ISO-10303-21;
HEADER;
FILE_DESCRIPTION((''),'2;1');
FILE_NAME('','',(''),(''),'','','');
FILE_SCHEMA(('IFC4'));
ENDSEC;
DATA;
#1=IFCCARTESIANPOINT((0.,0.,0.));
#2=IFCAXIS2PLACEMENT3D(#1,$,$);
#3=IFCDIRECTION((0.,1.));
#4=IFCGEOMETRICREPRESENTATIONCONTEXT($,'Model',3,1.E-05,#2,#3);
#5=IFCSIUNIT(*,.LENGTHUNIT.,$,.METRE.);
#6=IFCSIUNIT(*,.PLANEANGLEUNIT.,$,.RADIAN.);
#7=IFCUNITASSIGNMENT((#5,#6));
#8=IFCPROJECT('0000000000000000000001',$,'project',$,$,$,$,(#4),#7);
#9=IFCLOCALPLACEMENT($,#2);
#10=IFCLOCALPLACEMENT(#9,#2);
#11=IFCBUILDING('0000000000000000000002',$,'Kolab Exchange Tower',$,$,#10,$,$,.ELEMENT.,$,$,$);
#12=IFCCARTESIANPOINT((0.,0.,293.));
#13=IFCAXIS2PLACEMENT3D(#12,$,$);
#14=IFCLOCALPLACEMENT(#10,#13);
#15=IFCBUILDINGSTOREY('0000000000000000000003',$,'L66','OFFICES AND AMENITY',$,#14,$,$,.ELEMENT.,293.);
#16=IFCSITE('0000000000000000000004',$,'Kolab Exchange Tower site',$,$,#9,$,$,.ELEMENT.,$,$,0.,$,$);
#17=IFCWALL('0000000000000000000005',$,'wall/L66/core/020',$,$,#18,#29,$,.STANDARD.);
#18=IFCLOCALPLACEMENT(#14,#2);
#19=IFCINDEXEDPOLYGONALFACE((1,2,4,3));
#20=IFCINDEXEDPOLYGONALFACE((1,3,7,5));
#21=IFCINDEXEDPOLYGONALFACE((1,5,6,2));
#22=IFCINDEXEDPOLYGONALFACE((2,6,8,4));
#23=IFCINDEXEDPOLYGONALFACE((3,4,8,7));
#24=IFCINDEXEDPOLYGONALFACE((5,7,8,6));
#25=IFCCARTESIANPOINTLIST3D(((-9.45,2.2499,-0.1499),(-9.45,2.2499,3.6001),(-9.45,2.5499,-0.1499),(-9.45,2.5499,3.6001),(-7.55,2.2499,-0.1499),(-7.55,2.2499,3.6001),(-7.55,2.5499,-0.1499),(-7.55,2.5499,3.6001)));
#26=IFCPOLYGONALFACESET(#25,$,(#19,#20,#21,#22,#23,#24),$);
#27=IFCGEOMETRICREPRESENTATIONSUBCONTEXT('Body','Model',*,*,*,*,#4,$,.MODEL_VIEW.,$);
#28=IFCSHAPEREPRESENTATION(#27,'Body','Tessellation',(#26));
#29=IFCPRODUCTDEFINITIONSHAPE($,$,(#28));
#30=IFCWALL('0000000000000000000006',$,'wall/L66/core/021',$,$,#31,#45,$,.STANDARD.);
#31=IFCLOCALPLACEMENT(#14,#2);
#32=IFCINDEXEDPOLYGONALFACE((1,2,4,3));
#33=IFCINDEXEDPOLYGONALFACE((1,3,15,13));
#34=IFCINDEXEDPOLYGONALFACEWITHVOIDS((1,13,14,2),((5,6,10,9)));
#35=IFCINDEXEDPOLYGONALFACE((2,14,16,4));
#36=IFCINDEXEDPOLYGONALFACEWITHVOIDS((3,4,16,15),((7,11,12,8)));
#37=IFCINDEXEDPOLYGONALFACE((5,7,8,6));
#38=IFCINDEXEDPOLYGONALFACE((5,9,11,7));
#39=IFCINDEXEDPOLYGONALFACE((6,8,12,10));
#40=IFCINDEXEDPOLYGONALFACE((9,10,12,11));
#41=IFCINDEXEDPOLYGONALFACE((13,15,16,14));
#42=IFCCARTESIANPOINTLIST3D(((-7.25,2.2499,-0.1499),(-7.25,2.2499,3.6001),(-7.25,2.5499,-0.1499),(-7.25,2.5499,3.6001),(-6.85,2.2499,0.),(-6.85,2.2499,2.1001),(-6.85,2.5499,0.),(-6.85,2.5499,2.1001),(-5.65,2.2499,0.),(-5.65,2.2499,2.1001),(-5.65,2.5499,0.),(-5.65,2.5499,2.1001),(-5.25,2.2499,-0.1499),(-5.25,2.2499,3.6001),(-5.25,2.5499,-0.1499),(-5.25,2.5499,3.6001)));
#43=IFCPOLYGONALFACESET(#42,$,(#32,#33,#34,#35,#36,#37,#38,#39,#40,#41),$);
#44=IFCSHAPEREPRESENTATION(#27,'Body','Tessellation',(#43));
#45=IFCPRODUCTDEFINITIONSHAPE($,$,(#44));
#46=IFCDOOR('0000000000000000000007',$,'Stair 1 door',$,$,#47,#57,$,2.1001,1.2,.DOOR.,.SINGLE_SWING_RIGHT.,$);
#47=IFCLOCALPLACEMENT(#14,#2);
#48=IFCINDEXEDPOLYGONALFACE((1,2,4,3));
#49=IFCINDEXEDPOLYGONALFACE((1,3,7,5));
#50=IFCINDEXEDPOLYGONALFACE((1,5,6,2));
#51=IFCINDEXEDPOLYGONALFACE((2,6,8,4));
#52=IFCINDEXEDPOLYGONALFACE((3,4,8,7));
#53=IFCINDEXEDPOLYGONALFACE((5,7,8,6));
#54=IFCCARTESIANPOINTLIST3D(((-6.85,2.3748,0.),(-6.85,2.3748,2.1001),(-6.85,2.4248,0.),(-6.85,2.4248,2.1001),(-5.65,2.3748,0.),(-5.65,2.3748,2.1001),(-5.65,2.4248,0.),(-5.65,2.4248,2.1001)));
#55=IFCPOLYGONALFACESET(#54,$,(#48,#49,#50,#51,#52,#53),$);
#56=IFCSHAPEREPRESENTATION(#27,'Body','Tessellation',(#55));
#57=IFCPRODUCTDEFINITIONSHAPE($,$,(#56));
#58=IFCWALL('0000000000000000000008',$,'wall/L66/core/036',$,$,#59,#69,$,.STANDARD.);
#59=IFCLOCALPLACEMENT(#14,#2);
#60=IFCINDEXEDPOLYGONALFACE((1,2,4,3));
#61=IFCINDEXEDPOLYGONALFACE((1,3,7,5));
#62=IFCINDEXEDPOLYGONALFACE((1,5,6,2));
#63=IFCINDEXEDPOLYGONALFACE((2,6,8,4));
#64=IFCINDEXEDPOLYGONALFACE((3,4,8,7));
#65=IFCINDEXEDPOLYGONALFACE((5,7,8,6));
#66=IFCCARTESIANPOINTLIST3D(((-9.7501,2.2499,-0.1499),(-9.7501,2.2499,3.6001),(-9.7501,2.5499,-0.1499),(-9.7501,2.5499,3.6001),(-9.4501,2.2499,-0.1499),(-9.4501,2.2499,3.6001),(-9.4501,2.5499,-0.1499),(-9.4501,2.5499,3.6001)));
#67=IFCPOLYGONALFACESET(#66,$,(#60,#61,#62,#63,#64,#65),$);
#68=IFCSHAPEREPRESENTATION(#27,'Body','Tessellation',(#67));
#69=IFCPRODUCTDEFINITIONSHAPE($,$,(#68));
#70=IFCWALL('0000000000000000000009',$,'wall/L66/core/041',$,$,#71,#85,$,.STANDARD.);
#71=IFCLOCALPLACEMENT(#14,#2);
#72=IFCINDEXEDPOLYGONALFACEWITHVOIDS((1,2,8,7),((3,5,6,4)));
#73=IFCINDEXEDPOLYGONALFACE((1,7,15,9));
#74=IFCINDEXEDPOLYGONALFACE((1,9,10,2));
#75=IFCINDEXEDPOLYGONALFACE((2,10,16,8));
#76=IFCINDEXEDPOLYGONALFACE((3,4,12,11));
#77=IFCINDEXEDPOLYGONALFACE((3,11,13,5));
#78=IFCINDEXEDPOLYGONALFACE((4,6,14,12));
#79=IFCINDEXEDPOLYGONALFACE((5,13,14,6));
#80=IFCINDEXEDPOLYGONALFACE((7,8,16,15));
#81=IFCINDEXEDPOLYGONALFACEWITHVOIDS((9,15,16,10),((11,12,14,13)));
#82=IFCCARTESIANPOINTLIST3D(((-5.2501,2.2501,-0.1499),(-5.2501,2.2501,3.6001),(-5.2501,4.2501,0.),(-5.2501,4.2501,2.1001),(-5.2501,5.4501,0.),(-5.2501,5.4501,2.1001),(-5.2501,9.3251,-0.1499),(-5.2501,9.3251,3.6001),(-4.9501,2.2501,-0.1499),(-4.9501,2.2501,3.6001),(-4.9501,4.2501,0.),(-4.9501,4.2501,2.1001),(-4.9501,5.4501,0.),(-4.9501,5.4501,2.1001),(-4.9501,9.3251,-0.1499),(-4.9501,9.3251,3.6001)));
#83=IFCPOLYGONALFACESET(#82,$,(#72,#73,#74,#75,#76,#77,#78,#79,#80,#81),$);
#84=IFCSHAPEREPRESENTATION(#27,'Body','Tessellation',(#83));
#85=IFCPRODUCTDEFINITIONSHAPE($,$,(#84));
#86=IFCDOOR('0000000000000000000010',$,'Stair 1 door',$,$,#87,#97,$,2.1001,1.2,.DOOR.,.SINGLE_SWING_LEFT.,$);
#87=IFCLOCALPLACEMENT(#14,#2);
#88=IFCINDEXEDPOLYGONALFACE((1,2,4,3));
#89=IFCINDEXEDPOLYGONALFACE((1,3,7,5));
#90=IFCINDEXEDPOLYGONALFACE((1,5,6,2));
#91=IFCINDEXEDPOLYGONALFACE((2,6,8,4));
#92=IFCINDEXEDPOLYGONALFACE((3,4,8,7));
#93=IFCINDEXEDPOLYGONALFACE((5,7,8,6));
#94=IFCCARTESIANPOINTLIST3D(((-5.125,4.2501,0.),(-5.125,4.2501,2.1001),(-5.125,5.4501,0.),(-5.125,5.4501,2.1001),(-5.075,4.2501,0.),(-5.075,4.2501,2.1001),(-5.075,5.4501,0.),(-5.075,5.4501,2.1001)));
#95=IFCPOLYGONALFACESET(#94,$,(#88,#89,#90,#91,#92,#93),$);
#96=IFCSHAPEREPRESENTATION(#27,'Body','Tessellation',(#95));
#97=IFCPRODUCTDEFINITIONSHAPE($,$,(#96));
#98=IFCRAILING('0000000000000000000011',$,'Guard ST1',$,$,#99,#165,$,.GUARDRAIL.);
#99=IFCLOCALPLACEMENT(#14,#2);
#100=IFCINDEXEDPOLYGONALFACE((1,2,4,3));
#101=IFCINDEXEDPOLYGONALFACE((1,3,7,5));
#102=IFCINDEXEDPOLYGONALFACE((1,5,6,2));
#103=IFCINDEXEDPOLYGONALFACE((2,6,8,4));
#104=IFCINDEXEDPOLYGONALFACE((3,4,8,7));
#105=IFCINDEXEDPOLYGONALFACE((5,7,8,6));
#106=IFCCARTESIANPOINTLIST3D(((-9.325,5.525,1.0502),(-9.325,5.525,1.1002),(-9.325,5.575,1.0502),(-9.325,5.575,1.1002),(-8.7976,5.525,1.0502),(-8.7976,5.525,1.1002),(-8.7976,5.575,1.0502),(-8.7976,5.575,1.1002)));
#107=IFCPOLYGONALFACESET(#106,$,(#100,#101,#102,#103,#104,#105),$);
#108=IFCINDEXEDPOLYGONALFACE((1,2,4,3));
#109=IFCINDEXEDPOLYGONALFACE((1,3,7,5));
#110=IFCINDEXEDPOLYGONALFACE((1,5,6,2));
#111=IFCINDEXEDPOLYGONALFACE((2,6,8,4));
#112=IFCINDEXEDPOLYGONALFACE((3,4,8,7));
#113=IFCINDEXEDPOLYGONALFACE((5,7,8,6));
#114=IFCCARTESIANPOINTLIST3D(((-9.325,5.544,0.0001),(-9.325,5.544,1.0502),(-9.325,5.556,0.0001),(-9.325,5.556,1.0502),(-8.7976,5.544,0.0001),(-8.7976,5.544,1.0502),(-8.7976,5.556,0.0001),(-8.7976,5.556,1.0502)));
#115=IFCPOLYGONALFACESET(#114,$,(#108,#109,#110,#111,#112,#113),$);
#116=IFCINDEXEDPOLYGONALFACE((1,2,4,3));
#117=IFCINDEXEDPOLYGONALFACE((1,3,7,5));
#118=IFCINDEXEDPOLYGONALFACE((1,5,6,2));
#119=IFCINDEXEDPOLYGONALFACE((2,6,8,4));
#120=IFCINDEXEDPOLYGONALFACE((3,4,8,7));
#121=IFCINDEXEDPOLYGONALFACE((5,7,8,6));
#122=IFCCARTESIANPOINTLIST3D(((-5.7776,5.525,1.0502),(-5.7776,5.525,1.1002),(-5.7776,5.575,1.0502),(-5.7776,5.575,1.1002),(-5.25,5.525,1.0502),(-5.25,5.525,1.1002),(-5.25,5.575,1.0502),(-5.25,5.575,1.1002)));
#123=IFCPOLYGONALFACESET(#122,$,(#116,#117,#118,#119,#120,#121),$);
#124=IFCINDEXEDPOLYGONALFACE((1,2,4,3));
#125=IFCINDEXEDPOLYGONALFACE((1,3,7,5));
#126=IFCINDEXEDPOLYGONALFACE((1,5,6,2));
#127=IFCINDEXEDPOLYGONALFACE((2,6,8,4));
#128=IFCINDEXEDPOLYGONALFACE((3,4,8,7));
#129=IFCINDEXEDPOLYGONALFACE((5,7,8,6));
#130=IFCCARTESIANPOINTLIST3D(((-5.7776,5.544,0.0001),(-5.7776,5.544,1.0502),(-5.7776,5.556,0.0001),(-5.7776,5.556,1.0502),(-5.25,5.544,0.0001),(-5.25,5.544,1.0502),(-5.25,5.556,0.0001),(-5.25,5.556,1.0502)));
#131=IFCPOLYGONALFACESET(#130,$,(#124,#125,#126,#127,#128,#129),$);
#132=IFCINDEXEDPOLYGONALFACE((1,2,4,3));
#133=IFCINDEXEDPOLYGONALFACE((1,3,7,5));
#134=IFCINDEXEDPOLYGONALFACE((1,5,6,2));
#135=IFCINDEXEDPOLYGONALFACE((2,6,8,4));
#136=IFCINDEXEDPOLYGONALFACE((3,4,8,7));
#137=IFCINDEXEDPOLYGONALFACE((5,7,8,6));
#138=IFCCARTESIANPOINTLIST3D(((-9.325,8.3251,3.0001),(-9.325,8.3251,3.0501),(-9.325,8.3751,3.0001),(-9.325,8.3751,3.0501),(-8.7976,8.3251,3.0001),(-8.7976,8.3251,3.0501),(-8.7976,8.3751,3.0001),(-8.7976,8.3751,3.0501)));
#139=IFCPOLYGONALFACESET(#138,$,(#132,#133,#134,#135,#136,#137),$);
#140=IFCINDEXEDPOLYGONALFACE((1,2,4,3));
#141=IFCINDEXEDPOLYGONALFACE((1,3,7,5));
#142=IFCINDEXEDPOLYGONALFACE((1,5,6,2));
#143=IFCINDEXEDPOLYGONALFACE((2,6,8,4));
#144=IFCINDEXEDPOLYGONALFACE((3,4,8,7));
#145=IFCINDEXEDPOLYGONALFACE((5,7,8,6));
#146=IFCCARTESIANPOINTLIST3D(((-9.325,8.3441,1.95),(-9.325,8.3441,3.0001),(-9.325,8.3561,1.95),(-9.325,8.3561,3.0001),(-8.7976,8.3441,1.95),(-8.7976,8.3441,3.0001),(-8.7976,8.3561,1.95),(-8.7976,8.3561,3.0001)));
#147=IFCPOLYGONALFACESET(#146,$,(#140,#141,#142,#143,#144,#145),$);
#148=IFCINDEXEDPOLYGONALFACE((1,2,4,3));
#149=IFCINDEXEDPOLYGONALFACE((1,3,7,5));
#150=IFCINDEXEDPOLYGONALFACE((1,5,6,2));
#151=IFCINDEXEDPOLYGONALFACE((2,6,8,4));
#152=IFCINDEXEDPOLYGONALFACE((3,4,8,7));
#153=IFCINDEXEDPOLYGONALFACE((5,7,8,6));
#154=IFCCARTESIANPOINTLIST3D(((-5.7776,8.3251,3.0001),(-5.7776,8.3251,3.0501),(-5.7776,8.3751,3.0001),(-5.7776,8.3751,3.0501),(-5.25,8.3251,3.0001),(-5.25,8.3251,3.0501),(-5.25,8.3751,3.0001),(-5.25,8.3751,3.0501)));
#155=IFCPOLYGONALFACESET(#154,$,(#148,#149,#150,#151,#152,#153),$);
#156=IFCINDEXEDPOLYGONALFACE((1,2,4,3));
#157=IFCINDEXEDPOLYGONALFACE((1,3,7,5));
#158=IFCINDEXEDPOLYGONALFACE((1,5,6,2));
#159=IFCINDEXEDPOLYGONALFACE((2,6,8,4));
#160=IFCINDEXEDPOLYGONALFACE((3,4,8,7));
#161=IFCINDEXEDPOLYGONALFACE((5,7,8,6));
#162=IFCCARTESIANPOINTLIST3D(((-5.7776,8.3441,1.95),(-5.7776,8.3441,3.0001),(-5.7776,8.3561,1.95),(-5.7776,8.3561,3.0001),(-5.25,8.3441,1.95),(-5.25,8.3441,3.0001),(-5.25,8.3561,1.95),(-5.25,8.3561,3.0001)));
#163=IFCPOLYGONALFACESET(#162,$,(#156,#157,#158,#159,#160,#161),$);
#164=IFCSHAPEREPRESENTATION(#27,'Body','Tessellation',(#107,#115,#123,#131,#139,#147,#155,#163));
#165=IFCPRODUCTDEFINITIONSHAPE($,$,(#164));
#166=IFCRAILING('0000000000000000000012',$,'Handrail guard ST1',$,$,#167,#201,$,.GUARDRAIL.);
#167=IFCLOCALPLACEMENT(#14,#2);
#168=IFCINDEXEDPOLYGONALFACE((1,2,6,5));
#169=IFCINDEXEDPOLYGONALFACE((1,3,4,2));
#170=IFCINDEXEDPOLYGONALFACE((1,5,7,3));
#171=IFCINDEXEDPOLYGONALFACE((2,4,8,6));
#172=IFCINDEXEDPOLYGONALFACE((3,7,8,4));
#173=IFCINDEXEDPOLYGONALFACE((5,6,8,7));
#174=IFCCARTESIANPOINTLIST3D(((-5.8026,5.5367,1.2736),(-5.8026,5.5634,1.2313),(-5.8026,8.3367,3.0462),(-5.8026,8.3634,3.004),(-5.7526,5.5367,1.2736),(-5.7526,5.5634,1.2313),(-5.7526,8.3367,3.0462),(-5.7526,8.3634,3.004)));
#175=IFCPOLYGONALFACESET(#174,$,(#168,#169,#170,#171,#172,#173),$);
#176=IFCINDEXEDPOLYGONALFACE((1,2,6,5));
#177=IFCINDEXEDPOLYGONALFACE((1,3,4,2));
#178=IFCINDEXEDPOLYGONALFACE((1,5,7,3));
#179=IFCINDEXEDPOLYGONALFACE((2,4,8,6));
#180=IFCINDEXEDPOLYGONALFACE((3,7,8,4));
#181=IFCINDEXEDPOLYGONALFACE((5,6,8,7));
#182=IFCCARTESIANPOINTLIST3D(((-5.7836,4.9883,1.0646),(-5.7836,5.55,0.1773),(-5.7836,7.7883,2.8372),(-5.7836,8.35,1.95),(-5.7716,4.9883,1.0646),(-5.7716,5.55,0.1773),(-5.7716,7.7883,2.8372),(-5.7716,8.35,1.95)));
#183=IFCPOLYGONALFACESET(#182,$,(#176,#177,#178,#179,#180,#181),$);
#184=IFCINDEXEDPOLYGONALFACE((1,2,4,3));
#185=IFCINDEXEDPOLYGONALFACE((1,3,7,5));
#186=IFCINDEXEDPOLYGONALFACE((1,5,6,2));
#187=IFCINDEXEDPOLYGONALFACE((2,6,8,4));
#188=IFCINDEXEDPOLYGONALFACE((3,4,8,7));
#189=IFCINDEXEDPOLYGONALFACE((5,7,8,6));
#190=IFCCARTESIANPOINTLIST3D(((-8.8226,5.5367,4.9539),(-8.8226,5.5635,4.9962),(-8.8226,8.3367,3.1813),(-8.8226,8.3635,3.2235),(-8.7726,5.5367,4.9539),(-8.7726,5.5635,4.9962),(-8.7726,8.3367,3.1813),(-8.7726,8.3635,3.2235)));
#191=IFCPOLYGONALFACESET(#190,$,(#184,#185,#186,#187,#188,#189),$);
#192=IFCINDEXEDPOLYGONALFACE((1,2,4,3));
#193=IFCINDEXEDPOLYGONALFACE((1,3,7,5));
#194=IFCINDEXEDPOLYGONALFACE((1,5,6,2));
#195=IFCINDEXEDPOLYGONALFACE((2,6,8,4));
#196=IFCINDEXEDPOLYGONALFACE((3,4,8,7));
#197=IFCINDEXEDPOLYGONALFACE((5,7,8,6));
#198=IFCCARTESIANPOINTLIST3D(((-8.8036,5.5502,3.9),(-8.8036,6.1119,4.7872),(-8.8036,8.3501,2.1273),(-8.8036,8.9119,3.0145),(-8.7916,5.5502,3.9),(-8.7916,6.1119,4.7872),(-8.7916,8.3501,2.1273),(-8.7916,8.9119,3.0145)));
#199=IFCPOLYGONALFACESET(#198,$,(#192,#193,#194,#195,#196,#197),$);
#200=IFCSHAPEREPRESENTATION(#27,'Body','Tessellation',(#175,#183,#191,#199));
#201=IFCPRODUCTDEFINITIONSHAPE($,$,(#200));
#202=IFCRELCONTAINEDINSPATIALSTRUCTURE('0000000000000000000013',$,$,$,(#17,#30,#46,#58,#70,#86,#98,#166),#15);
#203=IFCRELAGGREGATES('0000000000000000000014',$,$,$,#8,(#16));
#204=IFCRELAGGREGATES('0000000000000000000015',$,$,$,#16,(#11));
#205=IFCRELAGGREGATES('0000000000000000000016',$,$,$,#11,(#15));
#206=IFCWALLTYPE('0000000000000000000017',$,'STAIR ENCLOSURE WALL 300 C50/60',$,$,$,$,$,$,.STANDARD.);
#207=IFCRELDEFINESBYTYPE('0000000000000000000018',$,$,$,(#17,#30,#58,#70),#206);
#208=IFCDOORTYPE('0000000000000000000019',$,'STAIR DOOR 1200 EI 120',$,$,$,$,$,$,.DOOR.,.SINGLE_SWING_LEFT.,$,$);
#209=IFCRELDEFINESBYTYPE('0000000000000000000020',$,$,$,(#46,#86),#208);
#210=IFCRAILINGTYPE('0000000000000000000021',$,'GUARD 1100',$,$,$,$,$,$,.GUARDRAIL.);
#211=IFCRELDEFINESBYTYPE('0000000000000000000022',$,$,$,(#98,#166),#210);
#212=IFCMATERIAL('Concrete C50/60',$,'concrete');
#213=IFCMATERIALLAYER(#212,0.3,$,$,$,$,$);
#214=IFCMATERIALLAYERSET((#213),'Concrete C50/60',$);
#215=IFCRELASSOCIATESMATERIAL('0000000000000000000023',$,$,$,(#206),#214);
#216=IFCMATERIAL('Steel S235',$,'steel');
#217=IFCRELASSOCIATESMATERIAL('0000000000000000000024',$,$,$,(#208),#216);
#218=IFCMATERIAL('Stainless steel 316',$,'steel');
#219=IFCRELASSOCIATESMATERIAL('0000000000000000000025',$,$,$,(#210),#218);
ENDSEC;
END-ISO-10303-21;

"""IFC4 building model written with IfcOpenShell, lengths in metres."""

from ifc_helpers import new_model, si_unit, direction, frame, frame_2d, origin, origin_2d, place, context, subcontext, project, spatial, rectangle, extrude, material, layer, layer_set, type_object, element, fill, save


model = new_model("IFC4")

# Units and contexts
model_context = context("Model", 3, precision=1e-05, world=origin(), true_north=direction((0.0, 1.0)))
body_context = subcontext(model_context, "Body", "Model", "MODEL_VIEW")
ifc_project = project(units=[si_unit("LENGTHUNIT", "METRE"), si_unit("PLANEANGLEUNIT", "RADIAN")], contexts=[model_context])

# Site, building, storey
site_placement = place(None, origin())
site = spatial("IfcSite", under=ifc_project, at=site_placement, Name="Kolab Exchange Tower site", CompositionType="ELEMENT", RefElevation=0.0)
building_placement = place(site_placement, origin())
building = spatial("IfcBuilding", under=site, at=building_placement, Name="Kolab Exchange Tower", CompositionType="ELEMENT")
storey_placement = place(building_placement, frame((0.0, 0.0, 293.0)))
storey = spatial("IfcBuildingStorey", under=building, at=storey_placement, Name="L66", Description="OFFICES AND AMENITY", CompositionType="ELEMENT", Elevation=293.0)

# Shared definitions
ifc_material_1 = material(Name="Concrete C50/60", Category="concrete")
ifc_material_2 = material(Name="Steel S235", Category="steel")

# Shared definitions
ifc_material_3 = material(Name="Stainless steel 316", Category="steel")

# Wall
ifc_layer_1 = layer(ifc_material_1, 0.3)
ifc_layer_set_1 = layer_set([ifc_layer_1], Name="Concrete C50/60")
wall_type_1 = type_object("IfcWallType", Name="STAIR ENCLOSURE WALL 300 C50/60", PredefinedType="STANDARD", material=ifc_layer_set_1)
wall_1_placement = place(storey_placement, frame((-9.45, 2.3999, -0.1499), z_axis=(0.0, 0.0, 1.0), x_axis=(1.0, 0.0, 0.0)))
element("IfcWall", 1, at=wall_1_placement, inside=storey, type_object=wall_type_1, Name="wall/L66/core/020", PredefinedType="STANDARD", context=body_context, shape_type="SweptSolid", body=[
    extrude(rectangle(XDim=1.8999, YDim=0.3, at=frame_2d((0.95, 0.0))), origin(), (0.0, 0.0, 1.0), 3.75),
])

# Wall, opening, door
wall_2_placement = place(storey_placement, frame((-7.25, 2.3999, -0.1499), z_axis=(0.0, 0.0, 1.0), x_axis=(1.0, 0.0, 0.0)))
wall_2 = element("IfcWall", 2, at=wall_2_placement, inside=storey, type_object=wall_type_1, Name="wall/L66/core/021", PredefinedType="STANDARD", context=body_context, shape_type="SweptSolid", body=[
    extrude(rectangle(XDim=2.0, YDim=0.3, at=frame_2d((1.0, 0.0))), origin(), (0.0, 0.0, 1.0), 3.75),
])
opening_1_placement = place(wall_2_placement, frame((0.3999, 0.0, 0.1499)))
opening_1 = element("IfcOpeningElement", 3, at=opening_1_placement, cuts=wall_2, PredefinedType="OPENING", context=body_context, shape_type="SweptSolid", body=[
    extrude(rectangle(XDim=1.2, YDim=2.1001, at=frame_2d((0.6001, 1.05))), frame((0.0, 0.1602, 0.0), z_axis=(0.0, -1.0, 0.0), x_axis=(1.0, 0.0, 0.0)), (0.0, 0.0, 1.0), 0.3201),
])
door_type_1 = type_object("IfcDoorType", Name="STAIR DOOR 1200 EI 120", OperationType="SINGLE_SWING_LEFT", PredefinedType="DOOR", material=ifc_material_2)
door_1_placement = place(opening_1_placement, origin())
door_1 = element("IfcDoor", 4, at=door_1_placement, inside=storey, type_object=door_type_1, Name="Stair 1 door", OperationType="SINGLE_SWING_RIGHT", OverallHeight=2.1001, OverallWidth=1.2, PredefinedType="DOOR", context=body_context, shape_type="SweptSolid", body=[
    extrude(rectangle(XDim=1.2, YDim=2.1001, at=frame_2d((0.6001, 1.05))), frame((0.0, 0.0249, 0.0), z_axis=(0.0, -1.0, 0.0), x_axis=(1.0, 0.0, 0.0)), (0.0, 0.0, 1.0), 0.05),
])
fill(opening_1, door_1)

# Wall
wall_3_placement = place(storey_placement, frame((-9.6001, 2.25, -0.1499), z_axis=(0.0, 0.0, 1.0), x_axis=(0.0, 1.0, 0.0)))
element("IfcWall", 5, at=wall_3_placement, inside=storey, type_object=wall_type_1, Name="wall/L66/core/036", PredefinedType="STANDARD", context=body_context, shape_type="SweptSolid", body=[
    extrude(rectangle(XDim=0.3, YDim=0.3, at=frame_2d((0.1499, 0.0))), origin(), (0.0, 0.0, 1.0), 3.75),
])

# Wall, opening, door
wall_4_placement = place(storey_placement, frame((-5.1001, 2.25, -0.1499), z_axis=(0.0, 0.0, 1.0), x_axis=(0.0, 1.0, 0.0)))
wall_4 = element("IfcWall", 6, at=wall_4_placement, inside=storey, type_object=wall_type_1, Name="wall/L66/core/041", PredefinedType="STANDARD", context=body_context, shape_type="SweptSolid", body=[
    extrude(rectangle(XDim=7.075, YDim=0.3, at=frame_2d((3.5376, 0.0))), origin(), (0.0, 0.0, 1.0), 3.75),
])
opening_2_placement = place(wall_4_placement, frame((2.0, 0.0, 0.1499)))
opening_2 = element("IfcOpeningElement", 7, at=opening_2_placement, cuts=wall_4, PredefinedType="OPENING", context=body_context, shape_type="SweptSolid", body=[
    extrude(rectangle(XDim=1.2, YDim=2.1001, at=frame_2d((0.6001, 1.05))), frame((0.0, 0.1602, 0.0), z_axis=(0.0, -1.0, 0.0), x_axis=(1.0, 0.0, 0.0)), (0.0, 0.0, 1.0), 0.3201),
])
door_2_placement = place(opening_2_placement, origin())
door_2 = element("IfcDoor", 8, at=door_2_placement, inside=storey, type_object=door_type_1, Name="Stair 1 door", OperationType="SINGLE_SWING_LEFT", OverallHeight=2.1001, OverallWidth=1.2, PredefinedType="DOOR", context=body_context, shape_type="SweptSolid", body=[
    extrude(rectangle(XDim=1.2, YDim=2.1001, at=frame_2d((0.6001, 1.05))), frame((0.0, 0.0249, 0.0), z_axis=(0.0, -1.0, 0.0), x_axis=(1.0, 0.0, 0.0)), (0.0, 0.0, 1.0), 0.05),
])
fill(opening_2, door_2)

# Railings
railing_type = type_object("IfcRailingType", Name="GUARD 1100", PredefinedType="GUARDRAIL", material=ifc_material_3)
railing_1_placement = place(storey_placement, frame((-9.325, 5.55, 0.0)))
element("IfcRailing", 9, at=railing_1_placement, inside=storey, type_object=railing_type, Name="Guard ST1", PredefinedType="GUARDRAIL", context=body_context, shape_type="SweptSolid", body=[
    extrude(rectangle(XDim=0.05, YDim=0.05, at=origin_2d()), frame((0.0, 0.0, 1.0752), z_axis=(1.0, 0.0, 0.0), x_axis=(0.0, 1.0, 0.0)), (0.0, 0.0, 1.0), 0.5273),
    extrude(rectangle(XDim=0.012, YDim=1.0501, at=frame_2d((0.0, 0.5251))), frame((0.0, 0.0, 0.0), z_axis=(1.0, 0.0, 0.0), x_axis=(0.0, 1.0, 0.0)), (0.0, 0.0, 1.0), 0.5273),
    extrude(rectangle(XDim=0.05, YDim=0.05, at=origin_2d()), frame((3.5474, 0.0, 1.0752), z_axis=(1.0, 0.0, 0.0), x_axis=(0.0, 1.0, 0.0)), (0.0, 0.0, 1.0), 0.5276),
    extrude(rectangle(XDim=0.012, YDim=1.0501, at=frame_2d((0.0, 0.5251))), frame((3.5474, 0.0, 0.0), z_axis=(1.0, 0.0, 0.0), x_axis=(0.0, 1.0, 0.0)), (0.0, 0.0, 1.0), 0.5276),
    extrude(rectangle(XDim=0.05, YDim=0.05, at=origin_2d()), frame((0.0, 2.8, 3.0251), z_axis=(1.0, 0.0, 0.0), x_axis=(0.0, 1.0, 0.0)), (0.0, 0.0, 1.0), 0.5273),
    extrude(rectangle(XDim=0.012, YDim=1.0501, at=frame_2d((0.0, 0.5251))), frame((0.0, 2.8, 1.95), z_axis=(1.0, 0.0, 0.0), x_axis=(0.0, 1.0, 0.0)), (0.0, 0.0, 1.0), 0.5273),
    extrude(rectangle(XDim=0.05, YDim=0.05, at=origin_2d()), frame((3.5474, 2.8, 3.0251), z_axis=(1.0, 0.0, 0.0), x_axis=(0.0, 1.0, 0.0)), (0.0, 0.0, 1.0), 0.5276),
    extrude(rectangle(XDim=0.012, YDim=1.0501, at=frame_2d((0.0, 0.5251))), frame((3.5474, 2.8, 1.95), z_axis=(1.0, 0.0, 0.0), x_axis=(0.0, 1.0, 0.0)), (0.0, 0.0, 1.0), 0.5276),
])
railing_2_placement = place(storey_placement, frame((-5.7776, 5.55, 0.1772)))
element("IfcRailing", 10, at=railing_2_placement, inside=storey, type_object=railing_type, Name="Handrail guard ST1", PredefinedType="GUARDRAIL", context=body_context, shape_type="SweptSolid", body=[
    extrude(rectangle(XDim=0.05, YDim=0.05, at=origin_2d()), frame((0.0, 0.0, 1.0752), z_axis=(0.0, 0.844909, 0.53491), x_axis=(-1.0, 0.0, 0.0)), (0.0, 0.0, 1.0), 3.314),
    extrude(rectangle(XDim=0.012, YDim=1.0501, at=frame_2d((0.0, 0.5251))), frame((0.0, 0.0, 0.0), z_axis=(0.0, 0.844909, 0.53491), x_axis=(-1.0, 0.0, 0.0)), (0.0, 0.0, 1.0), 3.314),
    extrude(rectangle(XDim=0.05, YDim=0.05, at=origin_2d()), frame((-3.02, 2.8, 3.0251), z_axis=(0.0, -0.844909, 0.53491), x_axis=(1.0, 0.0, 0.0)), (0.0, 0.0, 1.0), 3.314),
    extrude(rectangle(XDim=0.012, YDim=1.0501, at=frame_2d((0.0, 0.5251))), frame((-3.02, 2.8, 1.95), z_axis=(0.0, -0.844909, 0.53491), x_axis=(1.0, 0.0, 0.0)), (0.0, 0.0, 1.0), 3.314),
])

save(model, "model.ifc")
